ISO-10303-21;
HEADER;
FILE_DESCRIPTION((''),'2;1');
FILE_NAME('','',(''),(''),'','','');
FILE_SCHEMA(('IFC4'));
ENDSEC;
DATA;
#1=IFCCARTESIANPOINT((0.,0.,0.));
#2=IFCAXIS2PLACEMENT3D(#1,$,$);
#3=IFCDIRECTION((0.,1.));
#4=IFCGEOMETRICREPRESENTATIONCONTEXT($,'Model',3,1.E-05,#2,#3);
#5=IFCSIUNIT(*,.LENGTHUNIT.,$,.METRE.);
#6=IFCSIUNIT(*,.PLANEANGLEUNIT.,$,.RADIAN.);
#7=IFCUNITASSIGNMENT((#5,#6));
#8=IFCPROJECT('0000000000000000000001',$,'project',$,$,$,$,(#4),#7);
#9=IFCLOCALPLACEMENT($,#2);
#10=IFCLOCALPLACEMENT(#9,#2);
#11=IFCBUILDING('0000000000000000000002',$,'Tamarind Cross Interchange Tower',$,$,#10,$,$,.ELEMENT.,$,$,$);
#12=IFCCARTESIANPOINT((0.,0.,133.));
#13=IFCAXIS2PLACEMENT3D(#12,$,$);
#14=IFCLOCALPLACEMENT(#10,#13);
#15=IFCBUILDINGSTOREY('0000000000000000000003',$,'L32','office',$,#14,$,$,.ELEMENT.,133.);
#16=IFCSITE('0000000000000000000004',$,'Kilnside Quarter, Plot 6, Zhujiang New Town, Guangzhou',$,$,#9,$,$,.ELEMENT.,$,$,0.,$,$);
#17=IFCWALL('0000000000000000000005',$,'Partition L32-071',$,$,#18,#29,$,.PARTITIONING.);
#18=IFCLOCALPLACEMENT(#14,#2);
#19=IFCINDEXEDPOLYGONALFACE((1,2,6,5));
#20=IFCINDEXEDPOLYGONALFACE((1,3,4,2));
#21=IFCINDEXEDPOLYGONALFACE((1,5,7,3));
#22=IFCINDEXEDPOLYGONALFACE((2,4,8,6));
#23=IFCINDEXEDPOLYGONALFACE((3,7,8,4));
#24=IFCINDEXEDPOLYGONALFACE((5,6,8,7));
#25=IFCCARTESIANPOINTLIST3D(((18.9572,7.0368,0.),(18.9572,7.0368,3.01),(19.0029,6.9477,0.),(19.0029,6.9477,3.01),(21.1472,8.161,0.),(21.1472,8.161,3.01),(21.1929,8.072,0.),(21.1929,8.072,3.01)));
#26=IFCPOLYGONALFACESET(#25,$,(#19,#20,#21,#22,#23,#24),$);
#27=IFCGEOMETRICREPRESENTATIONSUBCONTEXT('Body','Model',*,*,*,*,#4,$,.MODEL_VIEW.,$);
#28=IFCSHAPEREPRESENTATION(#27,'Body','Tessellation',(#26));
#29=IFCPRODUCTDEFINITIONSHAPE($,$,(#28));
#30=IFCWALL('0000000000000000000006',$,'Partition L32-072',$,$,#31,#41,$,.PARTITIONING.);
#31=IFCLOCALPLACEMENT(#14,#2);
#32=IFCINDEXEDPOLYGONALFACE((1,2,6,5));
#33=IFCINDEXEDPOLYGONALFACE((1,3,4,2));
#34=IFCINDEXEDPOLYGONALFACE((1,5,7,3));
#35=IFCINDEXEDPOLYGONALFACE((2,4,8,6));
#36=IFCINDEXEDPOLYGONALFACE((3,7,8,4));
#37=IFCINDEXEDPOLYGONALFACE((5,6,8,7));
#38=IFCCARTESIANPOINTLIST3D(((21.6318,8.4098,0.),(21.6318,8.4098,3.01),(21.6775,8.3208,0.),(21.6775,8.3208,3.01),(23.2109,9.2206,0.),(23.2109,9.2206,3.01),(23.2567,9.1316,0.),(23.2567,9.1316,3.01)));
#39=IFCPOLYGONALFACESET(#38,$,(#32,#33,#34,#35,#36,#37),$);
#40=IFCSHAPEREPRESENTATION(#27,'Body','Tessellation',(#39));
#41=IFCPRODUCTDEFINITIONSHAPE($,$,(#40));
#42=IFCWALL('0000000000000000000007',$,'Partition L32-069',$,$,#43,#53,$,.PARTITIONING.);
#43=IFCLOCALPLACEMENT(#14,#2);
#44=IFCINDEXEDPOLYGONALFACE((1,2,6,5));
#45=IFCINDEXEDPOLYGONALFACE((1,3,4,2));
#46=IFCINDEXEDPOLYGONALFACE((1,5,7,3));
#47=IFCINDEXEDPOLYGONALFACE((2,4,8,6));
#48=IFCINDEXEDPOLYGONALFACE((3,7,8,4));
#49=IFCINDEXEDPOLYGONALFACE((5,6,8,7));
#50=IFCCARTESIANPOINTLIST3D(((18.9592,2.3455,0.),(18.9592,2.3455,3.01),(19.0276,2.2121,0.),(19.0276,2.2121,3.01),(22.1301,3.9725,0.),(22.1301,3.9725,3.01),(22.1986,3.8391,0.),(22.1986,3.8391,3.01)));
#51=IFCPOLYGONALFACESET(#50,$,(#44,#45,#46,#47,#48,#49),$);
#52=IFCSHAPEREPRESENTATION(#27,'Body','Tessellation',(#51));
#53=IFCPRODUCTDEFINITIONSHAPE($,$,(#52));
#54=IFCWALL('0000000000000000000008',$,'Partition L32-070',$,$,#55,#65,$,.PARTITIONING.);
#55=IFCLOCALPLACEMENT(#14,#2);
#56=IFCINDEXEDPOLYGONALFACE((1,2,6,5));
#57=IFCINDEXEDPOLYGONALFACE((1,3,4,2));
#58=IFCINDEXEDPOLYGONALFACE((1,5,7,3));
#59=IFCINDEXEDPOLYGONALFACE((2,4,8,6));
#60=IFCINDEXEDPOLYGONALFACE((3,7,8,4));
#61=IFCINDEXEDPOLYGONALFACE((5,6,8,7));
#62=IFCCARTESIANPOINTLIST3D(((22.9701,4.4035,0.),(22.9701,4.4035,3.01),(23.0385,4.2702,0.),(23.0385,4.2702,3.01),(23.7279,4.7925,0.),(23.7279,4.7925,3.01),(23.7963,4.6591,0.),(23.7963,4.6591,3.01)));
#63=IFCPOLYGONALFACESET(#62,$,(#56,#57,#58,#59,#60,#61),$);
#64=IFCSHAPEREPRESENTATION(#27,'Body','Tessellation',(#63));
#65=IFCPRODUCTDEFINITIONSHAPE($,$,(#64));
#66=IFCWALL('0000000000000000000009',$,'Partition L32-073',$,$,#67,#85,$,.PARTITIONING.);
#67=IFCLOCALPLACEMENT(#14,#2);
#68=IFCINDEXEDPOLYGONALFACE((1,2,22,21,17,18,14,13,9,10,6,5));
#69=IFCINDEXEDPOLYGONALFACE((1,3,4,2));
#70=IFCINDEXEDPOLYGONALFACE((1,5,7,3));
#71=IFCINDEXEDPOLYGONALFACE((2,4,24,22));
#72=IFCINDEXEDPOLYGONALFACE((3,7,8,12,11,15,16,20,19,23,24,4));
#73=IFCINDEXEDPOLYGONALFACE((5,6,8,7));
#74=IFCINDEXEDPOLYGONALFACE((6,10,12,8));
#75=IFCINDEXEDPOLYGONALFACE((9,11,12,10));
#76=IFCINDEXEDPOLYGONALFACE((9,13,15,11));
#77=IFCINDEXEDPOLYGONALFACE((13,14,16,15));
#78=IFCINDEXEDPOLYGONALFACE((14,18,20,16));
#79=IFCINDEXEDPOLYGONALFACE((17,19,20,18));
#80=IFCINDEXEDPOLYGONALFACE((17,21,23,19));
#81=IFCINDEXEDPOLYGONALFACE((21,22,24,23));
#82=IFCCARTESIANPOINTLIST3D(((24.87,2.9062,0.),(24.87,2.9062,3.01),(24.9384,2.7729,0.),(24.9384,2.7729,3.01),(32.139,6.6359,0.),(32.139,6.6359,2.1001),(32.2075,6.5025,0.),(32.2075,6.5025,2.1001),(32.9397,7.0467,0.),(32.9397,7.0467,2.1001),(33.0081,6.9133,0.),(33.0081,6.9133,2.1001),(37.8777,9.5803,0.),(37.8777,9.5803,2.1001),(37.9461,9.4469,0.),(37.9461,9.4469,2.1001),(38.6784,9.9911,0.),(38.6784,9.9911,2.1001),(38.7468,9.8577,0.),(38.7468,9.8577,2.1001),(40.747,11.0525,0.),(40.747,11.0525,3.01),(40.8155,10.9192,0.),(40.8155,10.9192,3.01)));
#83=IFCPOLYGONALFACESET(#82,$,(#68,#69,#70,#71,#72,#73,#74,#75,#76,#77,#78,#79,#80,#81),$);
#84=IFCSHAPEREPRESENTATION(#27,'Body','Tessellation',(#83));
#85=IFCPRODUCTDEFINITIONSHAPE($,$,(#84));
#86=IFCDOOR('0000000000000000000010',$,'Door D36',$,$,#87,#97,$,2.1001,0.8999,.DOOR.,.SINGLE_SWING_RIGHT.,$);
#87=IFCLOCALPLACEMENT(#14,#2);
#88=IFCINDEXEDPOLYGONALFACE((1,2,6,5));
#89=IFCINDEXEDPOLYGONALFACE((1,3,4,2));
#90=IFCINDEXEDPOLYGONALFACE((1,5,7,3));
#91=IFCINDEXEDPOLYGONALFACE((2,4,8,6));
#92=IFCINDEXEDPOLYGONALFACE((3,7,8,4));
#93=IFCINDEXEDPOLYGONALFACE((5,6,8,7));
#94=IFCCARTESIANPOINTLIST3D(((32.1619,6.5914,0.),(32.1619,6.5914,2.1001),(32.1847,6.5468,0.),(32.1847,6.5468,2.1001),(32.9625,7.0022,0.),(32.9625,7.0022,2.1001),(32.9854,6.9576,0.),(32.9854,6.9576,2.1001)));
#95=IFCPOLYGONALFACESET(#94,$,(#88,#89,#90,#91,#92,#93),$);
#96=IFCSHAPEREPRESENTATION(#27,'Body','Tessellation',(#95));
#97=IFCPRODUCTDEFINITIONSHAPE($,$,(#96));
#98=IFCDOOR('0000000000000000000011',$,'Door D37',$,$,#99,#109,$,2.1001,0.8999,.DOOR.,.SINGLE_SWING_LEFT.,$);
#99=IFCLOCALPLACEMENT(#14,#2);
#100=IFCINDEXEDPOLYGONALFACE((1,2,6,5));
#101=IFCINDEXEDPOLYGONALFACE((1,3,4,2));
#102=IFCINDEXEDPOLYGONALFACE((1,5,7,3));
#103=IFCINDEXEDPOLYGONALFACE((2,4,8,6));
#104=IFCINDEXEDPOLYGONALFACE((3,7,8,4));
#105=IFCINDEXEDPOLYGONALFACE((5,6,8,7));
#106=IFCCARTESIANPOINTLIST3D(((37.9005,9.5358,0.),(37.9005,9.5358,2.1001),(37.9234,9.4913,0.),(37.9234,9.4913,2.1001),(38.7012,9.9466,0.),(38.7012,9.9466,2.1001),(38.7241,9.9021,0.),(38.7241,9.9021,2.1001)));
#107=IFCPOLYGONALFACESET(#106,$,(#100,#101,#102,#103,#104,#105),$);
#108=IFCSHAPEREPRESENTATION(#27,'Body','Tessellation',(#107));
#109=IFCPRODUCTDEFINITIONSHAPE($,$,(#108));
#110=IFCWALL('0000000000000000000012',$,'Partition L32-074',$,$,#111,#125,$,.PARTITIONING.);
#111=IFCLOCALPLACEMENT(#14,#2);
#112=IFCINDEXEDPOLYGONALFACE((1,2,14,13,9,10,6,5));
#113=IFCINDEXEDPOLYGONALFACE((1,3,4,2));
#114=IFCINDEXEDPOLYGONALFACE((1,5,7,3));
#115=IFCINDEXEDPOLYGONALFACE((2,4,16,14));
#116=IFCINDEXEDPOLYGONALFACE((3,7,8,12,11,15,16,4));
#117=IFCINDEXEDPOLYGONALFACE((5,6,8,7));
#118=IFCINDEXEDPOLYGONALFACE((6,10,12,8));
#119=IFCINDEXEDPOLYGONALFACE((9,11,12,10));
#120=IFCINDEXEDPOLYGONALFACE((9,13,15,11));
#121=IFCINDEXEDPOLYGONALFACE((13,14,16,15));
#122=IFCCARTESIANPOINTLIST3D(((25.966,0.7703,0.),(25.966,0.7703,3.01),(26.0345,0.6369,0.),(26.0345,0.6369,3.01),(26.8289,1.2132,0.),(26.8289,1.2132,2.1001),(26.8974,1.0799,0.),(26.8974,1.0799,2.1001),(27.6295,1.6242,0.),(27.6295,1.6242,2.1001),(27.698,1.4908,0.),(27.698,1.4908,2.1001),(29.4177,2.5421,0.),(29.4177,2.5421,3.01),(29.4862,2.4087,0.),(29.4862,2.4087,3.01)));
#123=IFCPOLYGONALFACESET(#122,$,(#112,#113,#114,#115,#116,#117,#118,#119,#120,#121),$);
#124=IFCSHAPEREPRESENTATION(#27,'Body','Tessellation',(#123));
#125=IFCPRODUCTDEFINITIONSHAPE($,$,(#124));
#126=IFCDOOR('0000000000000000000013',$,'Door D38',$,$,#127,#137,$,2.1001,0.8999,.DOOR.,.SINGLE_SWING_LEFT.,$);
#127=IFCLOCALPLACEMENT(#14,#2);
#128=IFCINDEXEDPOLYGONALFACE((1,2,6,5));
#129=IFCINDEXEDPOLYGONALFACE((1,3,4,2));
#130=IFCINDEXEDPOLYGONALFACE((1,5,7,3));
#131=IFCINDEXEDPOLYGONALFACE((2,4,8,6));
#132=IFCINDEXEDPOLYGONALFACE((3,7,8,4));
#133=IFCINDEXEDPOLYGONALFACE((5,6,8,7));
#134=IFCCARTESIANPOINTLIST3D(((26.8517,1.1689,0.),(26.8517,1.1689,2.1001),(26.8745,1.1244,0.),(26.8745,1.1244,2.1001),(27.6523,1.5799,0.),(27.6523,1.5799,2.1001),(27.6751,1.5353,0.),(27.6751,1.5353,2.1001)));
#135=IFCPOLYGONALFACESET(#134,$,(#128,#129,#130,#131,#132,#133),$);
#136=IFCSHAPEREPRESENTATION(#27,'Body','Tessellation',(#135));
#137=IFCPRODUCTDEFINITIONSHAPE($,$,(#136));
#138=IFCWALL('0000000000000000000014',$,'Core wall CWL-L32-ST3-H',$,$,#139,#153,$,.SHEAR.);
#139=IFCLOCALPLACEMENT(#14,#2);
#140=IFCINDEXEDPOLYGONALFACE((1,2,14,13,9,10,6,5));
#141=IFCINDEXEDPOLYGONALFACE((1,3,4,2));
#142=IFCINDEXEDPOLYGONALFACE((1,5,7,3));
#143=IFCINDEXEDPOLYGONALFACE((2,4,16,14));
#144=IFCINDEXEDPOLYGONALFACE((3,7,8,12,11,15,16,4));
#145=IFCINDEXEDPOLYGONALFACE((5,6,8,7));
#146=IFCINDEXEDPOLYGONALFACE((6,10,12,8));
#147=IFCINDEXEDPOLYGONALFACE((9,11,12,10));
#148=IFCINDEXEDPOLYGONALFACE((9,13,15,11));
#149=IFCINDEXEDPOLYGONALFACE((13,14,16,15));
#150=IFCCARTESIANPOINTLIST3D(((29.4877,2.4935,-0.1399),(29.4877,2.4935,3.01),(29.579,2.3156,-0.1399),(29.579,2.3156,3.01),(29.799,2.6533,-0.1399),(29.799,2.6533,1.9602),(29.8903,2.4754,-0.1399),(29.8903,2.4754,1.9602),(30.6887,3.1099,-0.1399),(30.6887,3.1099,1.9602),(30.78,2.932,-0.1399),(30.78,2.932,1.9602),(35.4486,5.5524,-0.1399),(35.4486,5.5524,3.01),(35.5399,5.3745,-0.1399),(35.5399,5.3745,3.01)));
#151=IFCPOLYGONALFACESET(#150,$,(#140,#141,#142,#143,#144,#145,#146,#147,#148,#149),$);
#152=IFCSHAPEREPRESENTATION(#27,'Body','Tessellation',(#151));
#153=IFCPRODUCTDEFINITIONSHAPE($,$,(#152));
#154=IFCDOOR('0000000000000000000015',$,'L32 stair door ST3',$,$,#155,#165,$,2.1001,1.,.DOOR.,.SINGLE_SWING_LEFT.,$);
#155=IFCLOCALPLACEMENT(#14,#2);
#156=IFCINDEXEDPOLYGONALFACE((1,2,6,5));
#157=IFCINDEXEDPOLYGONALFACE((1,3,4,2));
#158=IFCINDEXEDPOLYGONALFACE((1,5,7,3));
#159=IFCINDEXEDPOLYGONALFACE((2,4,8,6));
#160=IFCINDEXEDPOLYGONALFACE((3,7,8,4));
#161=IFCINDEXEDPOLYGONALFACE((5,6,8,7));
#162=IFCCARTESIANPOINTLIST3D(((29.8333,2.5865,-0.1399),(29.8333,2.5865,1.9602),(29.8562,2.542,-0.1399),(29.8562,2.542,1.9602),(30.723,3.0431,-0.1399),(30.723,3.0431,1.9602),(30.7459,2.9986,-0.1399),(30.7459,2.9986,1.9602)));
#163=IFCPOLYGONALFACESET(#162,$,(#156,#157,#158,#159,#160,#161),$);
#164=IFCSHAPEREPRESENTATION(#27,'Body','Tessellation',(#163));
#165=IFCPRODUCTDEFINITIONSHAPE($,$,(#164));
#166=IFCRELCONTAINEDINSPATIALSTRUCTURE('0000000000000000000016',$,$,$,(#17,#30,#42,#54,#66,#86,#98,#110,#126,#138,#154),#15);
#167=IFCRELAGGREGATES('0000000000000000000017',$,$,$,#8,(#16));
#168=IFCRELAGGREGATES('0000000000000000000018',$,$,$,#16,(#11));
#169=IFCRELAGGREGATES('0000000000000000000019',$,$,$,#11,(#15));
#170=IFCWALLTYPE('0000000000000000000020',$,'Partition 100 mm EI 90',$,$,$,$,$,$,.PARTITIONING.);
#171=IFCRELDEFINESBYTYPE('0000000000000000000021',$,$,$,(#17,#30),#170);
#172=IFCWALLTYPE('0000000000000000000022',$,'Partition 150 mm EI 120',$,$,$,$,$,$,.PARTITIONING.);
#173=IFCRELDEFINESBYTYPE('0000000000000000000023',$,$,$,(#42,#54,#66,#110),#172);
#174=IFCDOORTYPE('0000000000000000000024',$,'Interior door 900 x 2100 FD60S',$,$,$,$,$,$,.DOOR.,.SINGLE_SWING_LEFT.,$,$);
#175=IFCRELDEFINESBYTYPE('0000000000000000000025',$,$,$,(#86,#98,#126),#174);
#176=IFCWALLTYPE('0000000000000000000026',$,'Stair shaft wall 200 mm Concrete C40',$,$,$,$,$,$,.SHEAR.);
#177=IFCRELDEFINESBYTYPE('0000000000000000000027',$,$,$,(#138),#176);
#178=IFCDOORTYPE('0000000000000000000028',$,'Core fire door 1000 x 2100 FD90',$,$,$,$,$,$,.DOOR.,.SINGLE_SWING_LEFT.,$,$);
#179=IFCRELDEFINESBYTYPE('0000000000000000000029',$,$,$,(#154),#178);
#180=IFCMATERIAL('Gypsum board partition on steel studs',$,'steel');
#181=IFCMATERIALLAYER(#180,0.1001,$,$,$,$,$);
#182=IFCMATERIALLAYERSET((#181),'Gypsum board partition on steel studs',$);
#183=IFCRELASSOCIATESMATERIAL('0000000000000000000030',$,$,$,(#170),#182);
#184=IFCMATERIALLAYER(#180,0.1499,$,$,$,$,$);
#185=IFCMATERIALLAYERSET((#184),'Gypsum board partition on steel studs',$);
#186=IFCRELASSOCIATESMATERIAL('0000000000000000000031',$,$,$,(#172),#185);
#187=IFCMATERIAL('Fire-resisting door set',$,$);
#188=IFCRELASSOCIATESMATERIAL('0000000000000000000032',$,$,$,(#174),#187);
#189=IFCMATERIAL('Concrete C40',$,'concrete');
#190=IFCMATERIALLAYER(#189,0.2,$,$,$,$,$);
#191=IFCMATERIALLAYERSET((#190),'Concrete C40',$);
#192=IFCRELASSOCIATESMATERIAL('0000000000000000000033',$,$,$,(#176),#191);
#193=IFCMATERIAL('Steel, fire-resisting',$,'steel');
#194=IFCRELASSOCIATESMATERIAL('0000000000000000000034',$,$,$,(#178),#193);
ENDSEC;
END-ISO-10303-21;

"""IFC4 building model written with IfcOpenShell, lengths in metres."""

from ifc_helpers import new_model, si_unit, direction, frame, frame_2d, origin, place, context, subcontext, project, spatial, rectangle, extrude, material, layer, layer_set, type_object, element, fill, save


model = new_model("IFC4")

# Units and contexts
model_context = context("Model", 3, precision=1e-05, world=origin(), true_north=direction((0.0, 1.0)))
body_context = subcontext(model_context, "Body", "Model", "MODEL_VIEW")
ifc_project = project(units=[si_unit("LENGTHUNIT", "METRE"), si_unit("PLANEANGLEUNIT", "RADIAN")], contexts=[model_context])

# Site, building, storey
site_placement = place(None, origin())
site = spatial("IfcSite", under=ifc_project, at=site_placement, Name="Kilnside Quarter, Plot 6, Zhujiang New Town, Guangzhou", CompositionType="ELEMENT", RefElevation=0.0)
building_placement = place(site_placement, origin())
building = spatial("IfcBuilding", under=site, at=building_placement, Name="Tamarind Cross Interchange Tower", CompositionType="ELEMENT")
storey_placement = place(building_placement, frame((0.0, 0.0, 133.0)))
storey = spatial("IfcBuildingStorey", under=building, at=storey_placement, Name="L32", Description="office", CompositionType="ELEMENT", Elevation=133.0)

# Walls
ifc_material_1 = material(Name="Gypsum board partition on steel studs", Category="steel")
ifc_layer_1 = layer(ifc_material_1, 0.1001)
ifc_layer_set_1 = layer_set([ifc_layer_1], Name="Gypsum board partition on steel studs")
wall_type_1 = type_object("IfcWallType", Name="Partition 100 mm EI 90", PredefinedType="PARTITIONING", material=ifc_layer_set_1)
wall_1_placement = place(storey_placement, frame((18.98, 6.9922, 0.0), z_axis=(0.0, 0.0, 1.0), x_axis=(0.889616, 0.456709, 0.0)))
element("IfcWall", 1, at=wall_1_placement, inside=storey, type_object=wall_type_1, Name="Partition L32-071", PredefinedType="PARTITIONING", context=body_context, shape_type="SweptSolid", body=[
    extrude(rectangle(XDim=2.4617, YDim=0.1001, at=frame_2d((1.231, 0.0))), origin(), (0.0, 0.0, 1.0), 3.01),
])
wall_2_placement = place(storey_placement, frame((21.6545, 8.3652, 0.0), z_axis=(0.0, 0.0, 1.0), x_axis=(0.88959, 0.456761, 0.0)))
element("IfcWall", 2, at=wall_2_placement, inside=storey, type_object=wall_type_1, Name="Partition L32-072", PredefinedType="PARTITIONING", context=body_context, shape_type="SweptSolid", body=[
    extrude(rectangle(XDim=1.7751, YDim=0.1001, at=frame_2d((0.8877, 0.0))), origin(), (0.0, 0.0, 1.0), 3.01),
])
ifc_layer_2 = layer(ifc_material_1, 0.1499)
ifc_layer_set_2 = layer_set([ifc_layer_2], Name="Gypsum board partition on steel studs")
wall_type_2 = type_object("IfcWallType", Name="Partition 150 mm EI 120", PredefinedType="PARTITIONING", material=ifc_layer_set_2)
wall_3_placement = place(storey_placement, frame((18.9934, 2.2788, 0.0), z_axis=(0.0, 0.0, 1.0), x_axis=(0.88972, 0.456506, 0.0)))
element("IfcWall", 3, at=wall_3_placement, inside=storey, type_object=wall_type_2, Name="Partition L32-069", PredefinedType="PARTITIONING", context=body_context, shape_type="SweptSolid", body=[
    extrude(rectangle(XDim=3.564, YDim=0.1499, at=frame_2d((1.782, 0.0))), origin(), (0.0, 0.0, 1.0), 3.01),
])
wall_4_placement = place(storey_placement, frame((23.0044, 4.3369, 0.0), z_axis=(0.0, 0.0, 1.0), x_axis=(0.889677, 0.45659, 0.0)))
element("IfcWall", 4, at=wall_4_placement, inside=storey, type_object=wall_type_2, Name="Partition L32-070", PredefinedType="PARTITIONING", context=body_context, shape_type="SweptSolid", body=[
    extrude(rectangle(XDim=0.8518, YDim=0.1499, at=frame_2d((0.4258, 0.0))), origin(), (0.0, 0.0, 1.0), 3.01),
])

# Wall, openings, doors
wall_5_placement = place(storey_placement, frame((24.9043, 2.8396, 0.0), z_axis=(0.0, 0.0, 1.0), x_axis=(0.889722, 0.456504, 0.0)))
wall_5 = element("IfcWall", 5, at=wall_5_placement, inside=storey, type_object=wall_type_2, Name="Partition L32-073", PredefinedType="PARTITIONING", context=body_context, shape_type="SweptSolid", body=[
    extrude(rectangle(XDim=17.845, YDim=0.1499, at=frame_2d((8.9224, 0.0))), origin(), (0.0, 0.0, 1.0), 3.01),
])
opening_1_placement = place(wall_5_placement, frame((8.1699, 0.0, 0.0)))
opening_1 = element("IfcOpeningElement", 6, at=opening_1_placement, cuts=wall_5, PredefinedType="OPENING", context=body_context, shape_type="SweptSolid", body=[
    extrude(rectangle(XDim=0.8999, YDim=2.1001, at=frame_2d((0.45, 1.05))), frame((0.0, 0.085, 0.0), z_axis=(0.0, -1.0, 0.0), x_axis=(1.0, 0.0, 0.0)), (0.0, 0.0, 1.0), 0.1699),
])
opening_2_placement = place(wall_5_placement, frame((14.6199, 0.0, 0.0)))
opening_2 = element("IfcOpeningElement", 7, at=opening_2_placement, cuts=wall_5, PredefinedType="OPENING", context=body_context, shape_type="SweptSolid", body=[
    extrude(rectangle(XDim=0.8999, YDim=2.1001, at=frame_2d((0.45, 1.05))), frame((0.0, 0.085, 0.0), z_axis=(0.0, -1.0, 0.0), x_axis=(1.0, 0.0, 0.0)), (0.0, 0.0, 1.0), 0.1699),
])
ifc_material_2 = material(Name="Fire-resisting door set")
door_type_1 = type_object("IfcDoorType", Name="Interior door 900 x 2100 FD60S", OperationType="SINGLE_SWING_LEFT", PredefinedType="DOOR", material=ifc_material_2)
door_1_placement = place(opening_1_placement, origin())
door_1 = element("IfcDoor", 8, at=door_1_placement, inside=storey, type_object=door_type_1, Name="Door D36", OperationType="SINGLE_SWING_RIGHT", OverallHeight=2.1001, OverallWidth=0.8999, PredefinedType="DOOR", context=body_context, shape_type="SweptSolid", body=[
    extrude(rectangle(XDim=0.8999, YDim=2.1001, at=frame_2d((0.45, 1.05))), frame((0.0, 0.0249, 0.0), z_axis=(0.0, -1.0, 0.0), x_axis=(1.0, 0.0, 0.0)), (0.0, 0.0, 1.0), 0.05),
])
fill(opening_1, door_1)
door_2_placement = place(opening_2_placement, origin())
door_2 = element("IfcDoor", 9, at=door_2_placement, inside=storey, type_object=door_type_1, Name="Door D37", OperationType="SINGLE_SWING_LEFT", OverallHeight=2.1001, OverallWidth=0.8999, PredefinedType="DOOR", context=body_context, shape_type="SweptSolid", body=[
    extrude(rectangle(XDim=0.8999, YDim=2.1001, at=frame_2d((0.45, 1.05))), frame((0.0, 0.0249, 0.0), z_axis=(0.0, -1.0, 0.0), x_axis=(1.0, 0.0, 0.0)), (0.0, 0.0, 1.0), 0.05),
])
fill(opening_2, door_2)

# Walls, openings, doors
wall_6_placement = place(storey_placement, frame((26.0002, 0.7036, 0.0), z_axis=(0.0, 0.0, 1.0), x_axis=(0.889645, 0.456653, 0.0)))
wall_6 = element("IfcWall", 10, at=wall_6_placement, inside=storey, type_object=wall_type_2, Name="Partition L32-074", PredefinedType="PARTITIONING", context=body_context, shape_type="SweptSolid", body=[
    extrude(rectangle(XDim=3.8799, YDim=0.1499, at=frame_2d((1.9399, 0.0))), origin(), (0.0, 0.0, 1.0), 3.01),
])
opening_3_placement = place(wall_6_placement, frame((0.97, 0.0, 0.0)))
opening_3 = element("IfcOpeningElement", 11, at=opening_3_placement, cuts=wall_6, PredefinedType="OPENING", context=body_context, shape_type="SweptSolid", body=[
    extrude(rectangle(XDim=0.8999, YDim=2.1001, at=frame_2d((0.45, 1.05))), frame((0.0, 0.085, 0.0), z_axis=(0.0, -1.0, 0.0), x_axis=(1.0, 0.0, 0.0)), (0.0, 0.0, 1.0), 0.1699),
])
door_3_placement = place(opening_3_placement, frame((0.8999, 0.0, 0.0), z_axis=(0.0, 0.0, 1.0), x_axis=(-1.0, 0.0, 0.0)))
door_3 = element("IfcDoor", 12, at=door_3_placement, inside=storey, type_object=door_type_1, Name="Door D38", OperationType="SINGLE_SWING_LEFT", OverallHeight=2.1001, OverallWidth=0.8999, PredefinedType="DOOR", context=body_context, shape_type="SweptSolid", body=[
    extrude(rectangle(XDim=0.8999, YDim=2.1001, at=frame_2d((0.45, 1.05))), frame((0.0, 0.0249, 0.0), z_axis=(0.0, -1.0, 0.0), x_axis=(1.0, 0.0, 0.0)), (0.0, 0.0, 1.0), 0.05),
])
fill(opening_3, door_3)
ifc_material_3 = material(Name="Concrete C40", Category="concrete")
ifc_layer_3 = layer(ifc_material_3, 0.2)
ifc_layer_set_3 = layer_set([ifc_layer_3], Name="Concrete C40")
wall_type_3 = type_object("IfcWallType", Name="Stair shaft wall 200 mm Concrete C40", PredefinedType="SHEAR", material=ifc_layer_set_3)
wall_7_placement = place(storey_placement, frame((29.5332, 2.4045, -0.1399), z_axis=(0.0, 0.0, 1.0), x_axis=(0.889699, 0.456547, 0.0)))
wall_7 = element("IfcWall", 13, at=wall_7_placement, inside=storey, type_object=wall_type_3, Name="Core wall CWL-L32-ST3-H", PredefinedType="SHEAR", context=body_context, shape_type="SweptSolid", body=[
    extrude(rectangle(XDim=6.7, YDim=0.2, at=frame_2d((3.3501, 0.0))), origin(), (0.0, 0.0, 1.0), 3.1499),
])
opening_4_placement = place(wall_7_placement, frame((0.3501, 0.0, 0.0)))
opening_4 = element("IfcOpeningElement", 14, at=opening_4_placement, cuts=wall_7, PredefinedType="OPENING", context=body_context, shape_type="SweptSolid", body=[
    extrude(rectangle(XDim=1.0, YDim=2.1001, at=frame_2d((0.5, 1.05))), frame((0.0, 0.1099, 0.0), z_axis=(0.0, -1.0, 0.0), x_axis=(1.0, 0.0, 0.0)), (0.0, 0.0, 1.0), 0.22),
])
ifc_material_4 = material(Name="Steel, fire-resisting", Category="steel")
door_type_2 = type_object("IfcDoorType", Name="Core fire door 1000 x 2100 FD90", OperationType="SINGLE_SWING_LEFT", PredefinedType="DOOR", material=ifc_material_4)
door_4_placement = place(opening_4_placement, origin())
door_4 = element("IfcDoor", 15, at=door_4_placement, inside=storey, type_object=door_type_2, Name="L32 stair door ST3", OperationType="SINGLE_SWING_LEFT", OverallHeight=2.1001, OverallWidth=1.0, PredefinedType="DOOR", context=body_context, shape_type="SweptSolid", body=[
    extrude(rectangle(XDim=1.0, YDim=2.1001, at=frame_2d((0.5, 1.05))), frame((0.0, 0.0249, 0.0), z_axis=(0.0, -1.0, 0.0), x_axis=(1.0, 0.0, 0.0)), (0.0, 0.0, 1.0), 0.05),
])
fill(opening_4, door_4)

save(model, "model.ifc")
